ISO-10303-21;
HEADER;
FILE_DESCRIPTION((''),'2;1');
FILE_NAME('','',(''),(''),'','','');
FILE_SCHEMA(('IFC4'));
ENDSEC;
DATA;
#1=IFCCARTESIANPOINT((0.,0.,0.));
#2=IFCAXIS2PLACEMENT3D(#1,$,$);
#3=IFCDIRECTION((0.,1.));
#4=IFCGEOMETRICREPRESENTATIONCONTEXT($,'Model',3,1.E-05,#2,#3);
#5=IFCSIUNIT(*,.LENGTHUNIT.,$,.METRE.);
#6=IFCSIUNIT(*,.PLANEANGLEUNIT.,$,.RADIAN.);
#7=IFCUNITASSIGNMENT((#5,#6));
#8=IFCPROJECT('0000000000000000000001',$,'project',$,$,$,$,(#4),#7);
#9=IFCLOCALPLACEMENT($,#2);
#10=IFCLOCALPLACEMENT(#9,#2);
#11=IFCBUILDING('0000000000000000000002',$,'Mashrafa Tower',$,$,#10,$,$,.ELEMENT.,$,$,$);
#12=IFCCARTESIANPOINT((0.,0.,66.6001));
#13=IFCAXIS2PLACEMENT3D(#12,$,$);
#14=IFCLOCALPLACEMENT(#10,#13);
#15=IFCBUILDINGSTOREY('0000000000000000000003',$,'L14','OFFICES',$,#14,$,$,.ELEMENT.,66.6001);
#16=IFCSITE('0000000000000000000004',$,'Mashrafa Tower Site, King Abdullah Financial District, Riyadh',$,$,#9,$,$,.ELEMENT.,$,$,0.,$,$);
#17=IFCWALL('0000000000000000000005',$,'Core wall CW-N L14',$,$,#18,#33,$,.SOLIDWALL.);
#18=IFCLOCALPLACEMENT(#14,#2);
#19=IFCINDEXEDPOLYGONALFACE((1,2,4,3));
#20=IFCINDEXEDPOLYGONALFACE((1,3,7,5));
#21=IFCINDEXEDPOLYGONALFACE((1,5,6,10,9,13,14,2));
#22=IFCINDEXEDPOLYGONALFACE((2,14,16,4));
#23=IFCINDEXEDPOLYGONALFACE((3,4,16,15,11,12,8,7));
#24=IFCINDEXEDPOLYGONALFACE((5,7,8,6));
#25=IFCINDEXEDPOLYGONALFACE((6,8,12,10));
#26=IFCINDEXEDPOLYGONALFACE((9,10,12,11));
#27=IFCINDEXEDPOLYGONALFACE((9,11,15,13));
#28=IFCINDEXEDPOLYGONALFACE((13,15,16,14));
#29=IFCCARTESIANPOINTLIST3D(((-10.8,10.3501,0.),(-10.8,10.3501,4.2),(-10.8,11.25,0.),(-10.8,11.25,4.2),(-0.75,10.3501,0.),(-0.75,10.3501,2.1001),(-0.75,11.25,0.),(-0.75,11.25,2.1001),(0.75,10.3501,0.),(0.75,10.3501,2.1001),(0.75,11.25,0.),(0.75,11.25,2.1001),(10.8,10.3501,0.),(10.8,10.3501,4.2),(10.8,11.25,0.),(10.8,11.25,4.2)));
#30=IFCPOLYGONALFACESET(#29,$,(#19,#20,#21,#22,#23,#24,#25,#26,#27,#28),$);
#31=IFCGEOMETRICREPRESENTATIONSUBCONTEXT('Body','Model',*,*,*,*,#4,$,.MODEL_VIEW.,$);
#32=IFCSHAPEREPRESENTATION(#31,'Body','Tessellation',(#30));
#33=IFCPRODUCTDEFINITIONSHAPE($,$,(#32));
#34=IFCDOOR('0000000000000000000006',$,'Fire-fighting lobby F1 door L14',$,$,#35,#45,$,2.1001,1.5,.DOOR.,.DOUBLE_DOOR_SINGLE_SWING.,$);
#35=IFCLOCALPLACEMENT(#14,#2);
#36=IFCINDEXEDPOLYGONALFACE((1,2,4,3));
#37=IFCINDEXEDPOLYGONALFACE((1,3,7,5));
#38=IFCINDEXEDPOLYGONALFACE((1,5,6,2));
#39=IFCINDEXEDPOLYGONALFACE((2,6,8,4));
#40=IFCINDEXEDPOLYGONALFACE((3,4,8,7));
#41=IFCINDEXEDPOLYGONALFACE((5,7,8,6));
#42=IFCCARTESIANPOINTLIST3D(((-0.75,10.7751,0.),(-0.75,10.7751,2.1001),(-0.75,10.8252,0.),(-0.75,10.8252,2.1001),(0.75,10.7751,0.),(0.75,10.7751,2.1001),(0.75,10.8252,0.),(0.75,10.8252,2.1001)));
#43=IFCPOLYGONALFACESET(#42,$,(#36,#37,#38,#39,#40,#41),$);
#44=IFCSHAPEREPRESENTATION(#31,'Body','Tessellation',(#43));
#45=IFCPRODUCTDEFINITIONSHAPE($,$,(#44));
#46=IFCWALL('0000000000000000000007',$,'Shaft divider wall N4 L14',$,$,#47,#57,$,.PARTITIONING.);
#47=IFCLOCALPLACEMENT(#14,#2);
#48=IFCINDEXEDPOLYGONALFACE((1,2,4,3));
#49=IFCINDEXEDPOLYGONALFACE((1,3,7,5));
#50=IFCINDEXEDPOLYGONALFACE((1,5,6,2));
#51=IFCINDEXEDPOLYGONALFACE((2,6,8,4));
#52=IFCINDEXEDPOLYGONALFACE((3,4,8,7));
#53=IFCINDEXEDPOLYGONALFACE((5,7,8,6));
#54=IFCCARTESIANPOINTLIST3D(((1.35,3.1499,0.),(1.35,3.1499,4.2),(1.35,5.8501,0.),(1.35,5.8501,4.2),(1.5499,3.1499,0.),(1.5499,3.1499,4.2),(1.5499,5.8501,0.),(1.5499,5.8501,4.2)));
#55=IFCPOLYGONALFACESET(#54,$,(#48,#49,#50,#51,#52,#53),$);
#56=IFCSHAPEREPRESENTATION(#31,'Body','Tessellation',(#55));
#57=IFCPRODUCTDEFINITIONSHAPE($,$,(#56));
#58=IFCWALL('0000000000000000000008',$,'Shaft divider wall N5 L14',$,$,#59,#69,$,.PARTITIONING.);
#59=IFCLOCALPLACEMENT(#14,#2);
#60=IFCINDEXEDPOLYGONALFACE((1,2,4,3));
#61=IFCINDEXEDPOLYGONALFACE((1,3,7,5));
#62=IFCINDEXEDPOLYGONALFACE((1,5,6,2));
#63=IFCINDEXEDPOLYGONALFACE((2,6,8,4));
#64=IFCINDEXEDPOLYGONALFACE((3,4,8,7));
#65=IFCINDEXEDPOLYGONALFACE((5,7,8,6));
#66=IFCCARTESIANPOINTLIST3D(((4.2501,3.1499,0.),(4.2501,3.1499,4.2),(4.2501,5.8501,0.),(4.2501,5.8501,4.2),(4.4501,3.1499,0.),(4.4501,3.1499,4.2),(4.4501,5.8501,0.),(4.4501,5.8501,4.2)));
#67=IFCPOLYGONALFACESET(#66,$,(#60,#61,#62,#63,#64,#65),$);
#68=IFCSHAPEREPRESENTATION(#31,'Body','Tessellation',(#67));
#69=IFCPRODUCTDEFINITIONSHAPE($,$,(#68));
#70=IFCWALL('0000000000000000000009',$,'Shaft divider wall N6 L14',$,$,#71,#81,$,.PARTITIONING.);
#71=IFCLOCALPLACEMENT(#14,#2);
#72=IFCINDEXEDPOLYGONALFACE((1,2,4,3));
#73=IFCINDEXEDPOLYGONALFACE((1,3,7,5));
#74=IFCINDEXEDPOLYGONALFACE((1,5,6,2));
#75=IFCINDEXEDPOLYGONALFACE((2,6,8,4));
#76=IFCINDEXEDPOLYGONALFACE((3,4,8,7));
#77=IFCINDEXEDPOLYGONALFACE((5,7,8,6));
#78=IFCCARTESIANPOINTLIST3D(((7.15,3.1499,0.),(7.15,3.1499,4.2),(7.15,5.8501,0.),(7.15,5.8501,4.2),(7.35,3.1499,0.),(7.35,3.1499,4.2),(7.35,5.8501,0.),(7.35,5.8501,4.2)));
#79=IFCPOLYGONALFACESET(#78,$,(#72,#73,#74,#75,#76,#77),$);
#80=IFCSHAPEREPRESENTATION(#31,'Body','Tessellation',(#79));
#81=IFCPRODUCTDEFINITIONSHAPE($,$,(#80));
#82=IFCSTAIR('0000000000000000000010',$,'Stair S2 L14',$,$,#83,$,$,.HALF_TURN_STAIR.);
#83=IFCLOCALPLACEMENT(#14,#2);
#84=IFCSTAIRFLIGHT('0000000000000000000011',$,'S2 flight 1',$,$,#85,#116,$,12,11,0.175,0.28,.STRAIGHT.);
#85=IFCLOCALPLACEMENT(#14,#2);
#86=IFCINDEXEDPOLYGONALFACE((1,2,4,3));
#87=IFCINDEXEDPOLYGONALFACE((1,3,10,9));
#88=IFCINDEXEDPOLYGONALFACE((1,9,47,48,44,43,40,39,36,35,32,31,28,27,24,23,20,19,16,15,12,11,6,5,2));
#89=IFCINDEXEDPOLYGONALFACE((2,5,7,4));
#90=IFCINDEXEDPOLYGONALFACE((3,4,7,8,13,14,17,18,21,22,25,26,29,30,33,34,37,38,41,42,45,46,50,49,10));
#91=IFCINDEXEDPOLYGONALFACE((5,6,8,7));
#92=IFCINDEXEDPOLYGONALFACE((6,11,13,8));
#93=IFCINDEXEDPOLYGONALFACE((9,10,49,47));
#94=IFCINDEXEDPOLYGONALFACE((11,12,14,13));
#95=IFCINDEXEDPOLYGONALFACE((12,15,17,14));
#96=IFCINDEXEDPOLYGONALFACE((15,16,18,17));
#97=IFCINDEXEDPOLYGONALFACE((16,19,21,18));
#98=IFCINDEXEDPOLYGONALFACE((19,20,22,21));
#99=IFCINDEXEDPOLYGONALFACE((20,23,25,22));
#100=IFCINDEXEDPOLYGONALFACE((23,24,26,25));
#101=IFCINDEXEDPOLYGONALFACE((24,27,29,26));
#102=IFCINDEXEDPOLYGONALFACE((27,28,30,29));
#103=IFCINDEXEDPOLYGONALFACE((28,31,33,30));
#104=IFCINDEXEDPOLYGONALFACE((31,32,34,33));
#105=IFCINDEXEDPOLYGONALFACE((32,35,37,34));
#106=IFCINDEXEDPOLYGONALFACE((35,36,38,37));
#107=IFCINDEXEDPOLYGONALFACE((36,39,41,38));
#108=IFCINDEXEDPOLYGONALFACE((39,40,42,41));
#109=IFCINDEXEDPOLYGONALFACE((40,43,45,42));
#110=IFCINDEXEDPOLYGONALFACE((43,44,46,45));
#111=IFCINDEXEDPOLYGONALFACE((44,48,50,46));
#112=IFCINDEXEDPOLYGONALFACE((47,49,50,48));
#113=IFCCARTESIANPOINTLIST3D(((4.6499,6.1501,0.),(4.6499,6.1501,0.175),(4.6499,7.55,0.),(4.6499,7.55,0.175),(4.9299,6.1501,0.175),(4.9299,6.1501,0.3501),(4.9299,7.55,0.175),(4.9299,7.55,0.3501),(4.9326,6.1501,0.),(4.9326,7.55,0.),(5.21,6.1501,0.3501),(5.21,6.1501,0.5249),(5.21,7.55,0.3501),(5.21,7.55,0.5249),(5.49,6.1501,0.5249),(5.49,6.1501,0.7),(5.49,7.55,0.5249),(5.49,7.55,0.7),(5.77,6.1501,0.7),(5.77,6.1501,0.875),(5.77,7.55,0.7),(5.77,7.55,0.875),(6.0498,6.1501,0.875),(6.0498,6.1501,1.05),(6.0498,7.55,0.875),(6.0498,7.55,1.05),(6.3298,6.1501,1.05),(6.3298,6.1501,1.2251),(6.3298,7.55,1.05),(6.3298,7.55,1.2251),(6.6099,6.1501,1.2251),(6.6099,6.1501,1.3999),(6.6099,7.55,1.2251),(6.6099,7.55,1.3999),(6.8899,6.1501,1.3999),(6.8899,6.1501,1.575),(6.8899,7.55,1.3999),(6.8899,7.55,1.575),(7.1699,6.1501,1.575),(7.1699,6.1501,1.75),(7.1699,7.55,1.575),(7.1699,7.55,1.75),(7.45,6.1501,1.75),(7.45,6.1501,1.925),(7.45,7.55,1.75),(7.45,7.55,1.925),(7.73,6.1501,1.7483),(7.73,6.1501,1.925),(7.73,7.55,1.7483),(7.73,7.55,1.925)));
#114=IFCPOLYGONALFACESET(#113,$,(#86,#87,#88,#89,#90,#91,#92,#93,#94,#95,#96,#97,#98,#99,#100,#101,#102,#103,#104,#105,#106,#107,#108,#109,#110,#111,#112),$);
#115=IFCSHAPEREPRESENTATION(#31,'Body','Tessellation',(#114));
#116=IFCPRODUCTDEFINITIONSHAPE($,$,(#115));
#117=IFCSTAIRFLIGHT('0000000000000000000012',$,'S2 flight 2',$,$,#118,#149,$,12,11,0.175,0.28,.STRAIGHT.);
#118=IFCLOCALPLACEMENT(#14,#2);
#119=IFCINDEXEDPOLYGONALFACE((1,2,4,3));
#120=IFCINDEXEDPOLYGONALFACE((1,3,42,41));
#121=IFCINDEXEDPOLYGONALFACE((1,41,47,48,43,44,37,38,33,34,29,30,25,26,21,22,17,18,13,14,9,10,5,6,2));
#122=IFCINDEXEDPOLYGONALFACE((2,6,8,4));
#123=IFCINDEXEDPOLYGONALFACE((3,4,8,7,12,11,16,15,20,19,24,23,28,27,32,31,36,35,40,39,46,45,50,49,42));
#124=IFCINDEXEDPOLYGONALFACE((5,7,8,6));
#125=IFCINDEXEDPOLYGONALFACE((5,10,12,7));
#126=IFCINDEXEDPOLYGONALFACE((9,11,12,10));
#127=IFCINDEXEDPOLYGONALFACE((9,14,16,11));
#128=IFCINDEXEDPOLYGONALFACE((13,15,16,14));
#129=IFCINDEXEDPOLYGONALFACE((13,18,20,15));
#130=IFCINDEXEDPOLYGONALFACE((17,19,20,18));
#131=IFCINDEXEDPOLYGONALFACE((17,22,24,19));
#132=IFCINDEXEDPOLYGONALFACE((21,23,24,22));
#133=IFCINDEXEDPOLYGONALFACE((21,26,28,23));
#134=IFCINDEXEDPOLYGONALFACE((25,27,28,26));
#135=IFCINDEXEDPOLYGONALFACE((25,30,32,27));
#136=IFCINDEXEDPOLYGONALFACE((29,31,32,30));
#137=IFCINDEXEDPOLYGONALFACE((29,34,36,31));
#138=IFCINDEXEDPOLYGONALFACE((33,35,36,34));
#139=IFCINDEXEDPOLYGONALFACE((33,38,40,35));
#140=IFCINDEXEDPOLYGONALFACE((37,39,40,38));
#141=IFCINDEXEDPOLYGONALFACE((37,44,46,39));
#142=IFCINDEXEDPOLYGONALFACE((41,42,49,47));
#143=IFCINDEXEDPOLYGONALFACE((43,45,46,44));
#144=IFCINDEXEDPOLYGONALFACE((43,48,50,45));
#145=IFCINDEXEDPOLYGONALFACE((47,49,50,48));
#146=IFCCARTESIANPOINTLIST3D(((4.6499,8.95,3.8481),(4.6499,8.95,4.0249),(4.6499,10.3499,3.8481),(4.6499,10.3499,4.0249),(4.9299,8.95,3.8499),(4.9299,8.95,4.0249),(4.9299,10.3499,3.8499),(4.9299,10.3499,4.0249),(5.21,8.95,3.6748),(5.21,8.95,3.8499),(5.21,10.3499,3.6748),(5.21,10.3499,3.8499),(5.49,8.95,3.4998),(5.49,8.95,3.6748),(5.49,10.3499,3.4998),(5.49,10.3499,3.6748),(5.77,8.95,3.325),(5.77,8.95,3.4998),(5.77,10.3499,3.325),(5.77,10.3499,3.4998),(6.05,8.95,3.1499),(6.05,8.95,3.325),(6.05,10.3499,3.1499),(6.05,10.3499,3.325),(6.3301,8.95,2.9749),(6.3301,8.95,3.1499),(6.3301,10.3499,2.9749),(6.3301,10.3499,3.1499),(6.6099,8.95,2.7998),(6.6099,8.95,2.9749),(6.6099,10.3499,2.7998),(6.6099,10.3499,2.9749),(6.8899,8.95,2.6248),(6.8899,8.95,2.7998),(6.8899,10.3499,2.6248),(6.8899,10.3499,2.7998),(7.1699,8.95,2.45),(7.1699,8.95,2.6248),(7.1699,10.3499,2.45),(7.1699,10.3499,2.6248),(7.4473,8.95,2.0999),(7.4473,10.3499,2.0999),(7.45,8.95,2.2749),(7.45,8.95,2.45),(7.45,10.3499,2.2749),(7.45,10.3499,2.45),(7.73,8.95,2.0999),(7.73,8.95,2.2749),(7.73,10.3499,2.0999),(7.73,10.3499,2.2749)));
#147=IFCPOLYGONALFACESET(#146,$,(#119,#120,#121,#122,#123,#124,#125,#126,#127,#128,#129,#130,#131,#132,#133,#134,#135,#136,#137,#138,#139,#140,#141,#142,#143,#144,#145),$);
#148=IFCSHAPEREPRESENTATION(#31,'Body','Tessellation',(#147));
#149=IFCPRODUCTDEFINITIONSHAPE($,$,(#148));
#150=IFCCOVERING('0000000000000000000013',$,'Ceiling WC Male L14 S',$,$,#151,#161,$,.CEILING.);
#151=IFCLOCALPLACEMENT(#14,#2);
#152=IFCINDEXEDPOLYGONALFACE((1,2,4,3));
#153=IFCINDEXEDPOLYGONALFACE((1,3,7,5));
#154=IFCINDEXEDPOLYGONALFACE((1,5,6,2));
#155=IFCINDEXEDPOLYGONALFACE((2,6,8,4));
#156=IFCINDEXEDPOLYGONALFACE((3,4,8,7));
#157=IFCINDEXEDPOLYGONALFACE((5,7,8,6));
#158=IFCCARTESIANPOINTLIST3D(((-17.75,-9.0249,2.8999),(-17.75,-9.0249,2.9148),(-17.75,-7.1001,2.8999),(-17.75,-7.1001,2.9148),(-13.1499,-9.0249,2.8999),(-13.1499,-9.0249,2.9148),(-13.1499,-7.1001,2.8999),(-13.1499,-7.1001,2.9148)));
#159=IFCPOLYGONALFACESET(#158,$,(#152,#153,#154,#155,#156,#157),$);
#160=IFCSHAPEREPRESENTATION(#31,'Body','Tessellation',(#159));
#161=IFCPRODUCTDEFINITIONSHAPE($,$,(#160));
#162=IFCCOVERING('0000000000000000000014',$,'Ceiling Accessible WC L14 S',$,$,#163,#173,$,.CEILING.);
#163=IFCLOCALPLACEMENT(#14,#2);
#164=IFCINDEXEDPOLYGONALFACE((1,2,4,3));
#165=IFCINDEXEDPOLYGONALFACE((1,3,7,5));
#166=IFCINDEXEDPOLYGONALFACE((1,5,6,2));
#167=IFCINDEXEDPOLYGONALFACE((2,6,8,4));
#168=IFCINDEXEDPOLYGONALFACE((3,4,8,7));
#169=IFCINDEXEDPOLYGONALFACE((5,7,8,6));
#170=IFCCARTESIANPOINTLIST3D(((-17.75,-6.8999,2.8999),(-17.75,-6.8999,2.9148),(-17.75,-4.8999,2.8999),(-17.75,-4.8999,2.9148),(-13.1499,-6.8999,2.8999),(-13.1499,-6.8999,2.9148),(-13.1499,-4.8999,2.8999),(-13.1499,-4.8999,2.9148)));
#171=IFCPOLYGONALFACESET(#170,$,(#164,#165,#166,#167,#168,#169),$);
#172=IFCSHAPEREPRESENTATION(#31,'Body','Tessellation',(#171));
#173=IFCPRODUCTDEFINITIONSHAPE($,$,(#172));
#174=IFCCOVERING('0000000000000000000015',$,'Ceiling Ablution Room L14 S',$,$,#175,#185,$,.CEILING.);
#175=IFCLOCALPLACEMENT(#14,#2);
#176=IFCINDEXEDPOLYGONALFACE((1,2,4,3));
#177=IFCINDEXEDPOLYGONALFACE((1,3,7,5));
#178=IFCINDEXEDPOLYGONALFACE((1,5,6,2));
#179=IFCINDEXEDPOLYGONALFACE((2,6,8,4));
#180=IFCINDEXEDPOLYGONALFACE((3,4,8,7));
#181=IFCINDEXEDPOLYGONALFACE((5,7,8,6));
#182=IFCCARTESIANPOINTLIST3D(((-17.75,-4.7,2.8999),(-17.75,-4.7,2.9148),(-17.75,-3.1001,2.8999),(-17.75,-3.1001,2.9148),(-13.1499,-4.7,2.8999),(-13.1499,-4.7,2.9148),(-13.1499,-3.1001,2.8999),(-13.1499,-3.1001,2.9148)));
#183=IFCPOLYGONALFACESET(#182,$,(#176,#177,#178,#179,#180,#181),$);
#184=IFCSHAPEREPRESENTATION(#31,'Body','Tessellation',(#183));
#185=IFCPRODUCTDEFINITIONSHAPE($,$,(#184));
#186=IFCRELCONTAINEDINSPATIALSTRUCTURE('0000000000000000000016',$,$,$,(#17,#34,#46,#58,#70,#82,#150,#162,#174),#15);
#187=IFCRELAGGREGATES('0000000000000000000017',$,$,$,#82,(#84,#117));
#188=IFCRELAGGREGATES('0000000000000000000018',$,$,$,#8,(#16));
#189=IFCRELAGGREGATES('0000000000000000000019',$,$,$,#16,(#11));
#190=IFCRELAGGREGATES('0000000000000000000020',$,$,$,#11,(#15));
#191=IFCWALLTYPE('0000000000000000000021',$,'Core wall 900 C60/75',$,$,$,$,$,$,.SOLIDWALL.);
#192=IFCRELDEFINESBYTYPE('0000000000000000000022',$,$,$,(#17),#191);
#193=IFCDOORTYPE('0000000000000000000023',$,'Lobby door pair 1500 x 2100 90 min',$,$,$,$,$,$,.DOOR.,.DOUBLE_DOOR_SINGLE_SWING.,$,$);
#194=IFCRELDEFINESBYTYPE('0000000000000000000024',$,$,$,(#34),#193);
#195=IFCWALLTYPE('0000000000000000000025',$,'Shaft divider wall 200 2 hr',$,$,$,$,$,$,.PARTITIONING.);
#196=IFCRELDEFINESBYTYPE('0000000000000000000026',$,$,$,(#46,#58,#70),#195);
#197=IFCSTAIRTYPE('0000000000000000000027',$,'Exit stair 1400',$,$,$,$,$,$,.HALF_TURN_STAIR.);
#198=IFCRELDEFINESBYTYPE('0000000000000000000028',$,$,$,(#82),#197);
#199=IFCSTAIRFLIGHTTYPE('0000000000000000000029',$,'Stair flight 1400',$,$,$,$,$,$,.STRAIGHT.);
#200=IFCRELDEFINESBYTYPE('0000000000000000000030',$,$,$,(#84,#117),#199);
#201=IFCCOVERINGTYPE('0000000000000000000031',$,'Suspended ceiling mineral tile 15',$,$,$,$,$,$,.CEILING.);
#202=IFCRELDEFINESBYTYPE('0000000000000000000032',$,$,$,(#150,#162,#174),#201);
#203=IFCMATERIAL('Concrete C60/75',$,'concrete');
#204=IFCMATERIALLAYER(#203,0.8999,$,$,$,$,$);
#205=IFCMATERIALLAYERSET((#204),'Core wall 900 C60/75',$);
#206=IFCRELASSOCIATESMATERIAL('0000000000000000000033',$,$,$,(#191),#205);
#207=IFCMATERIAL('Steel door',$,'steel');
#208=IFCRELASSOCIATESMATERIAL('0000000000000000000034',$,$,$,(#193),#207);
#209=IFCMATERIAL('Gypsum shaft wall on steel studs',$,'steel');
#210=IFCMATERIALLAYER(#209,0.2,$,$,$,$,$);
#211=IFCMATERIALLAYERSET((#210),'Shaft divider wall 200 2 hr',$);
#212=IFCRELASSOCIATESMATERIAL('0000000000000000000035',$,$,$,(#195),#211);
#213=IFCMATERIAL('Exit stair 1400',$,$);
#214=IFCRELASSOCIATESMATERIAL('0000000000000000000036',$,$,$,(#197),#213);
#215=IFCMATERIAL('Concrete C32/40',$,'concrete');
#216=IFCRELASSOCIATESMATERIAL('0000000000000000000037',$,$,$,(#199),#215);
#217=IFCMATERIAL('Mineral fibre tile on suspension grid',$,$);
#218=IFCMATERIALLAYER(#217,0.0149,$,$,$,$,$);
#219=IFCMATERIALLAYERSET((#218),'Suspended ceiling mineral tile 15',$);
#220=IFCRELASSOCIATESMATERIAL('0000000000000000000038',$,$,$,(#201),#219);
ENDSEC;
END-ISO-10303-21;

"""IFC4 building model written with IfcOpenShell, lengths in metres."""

from ifc_helpers import new_model, si_unit, direction, frame, frame_2d, origin, place, context, subcontext, project, spatial, polyline, rectangle, outline, extrude, material, layer, layer_set, type_object, element, fill, aggregate, save


model = new_model("IFC4")

# Units and contexts
model_context = context("Model", 3, precision=1e-05, world=origin(), true_north=direction((0.0, 1.0)))
body_context = subcontext(model_context, "Body", "Model", "MODEL_VIEW")
ifc_project = project(units=[si_unit("LENGTHUNIT", "METRE"), si_unit("PLANEANGLEUNIT", "RADIAN")], contexts=[model_context])

# Site, building, storey
site_placement = place(None, origin())
site = spatial("IfcSite", under=ifc_project, at=site_placement, Name="Mashrafa Tower Site, King Abdullah Financial District, Riyadh", CompositionType="ELEMENT", RefElevation=0.0)
building_placement = place(site_placement, origin())
building = spatial("IfcBuilding", under=site, at=building_placement, Name="Mashrafa Tower", CompositionType="ELEMENT")
storey_placement = place(building_placement, frame((0.0, 0.0, 66.6001)))
storey = spatial("IfcBuildingStorey", under=building, at=storey_placement, Name="L14", Description="OFFICES", CompositionType="ELEMENT", Elevation=66.6001)

# Wall, opening, door
ifc_material_1 = material(Name="Concrete C60/75", Category="concrete")
ifc_layer_1 = layer(ifc_material_1, 0.8999)
ifc_layer_set_1 = layer_set([ifc_layer_1], Name="Core wall 900 C60/75")
wall_type_1 = type_object("IfcWallType", Name="Core wall 900 C60/75", PredefinedType="SOLIDWALL", material=ifc_layer_set_1)
wall_1_placement = place(storey_placement, frame((10.8, 10.8, 0.0), z_axis=(0.0, 0.0, 1.0), x_axis=(-1.0, 0.0, 0.0)))
wall_1 = element("IfcWall", 1, at=wall_1_placement, inside=storey, type_object=wall_type_1, Name="Core wall CW-N L14", PredefinedType="SOLIDWALL", context=body_context, shape_type="SweptSolid", body=[
    extrude(rectangle(XDim=21.6001, YDim=0.8999, at=frame_2d((10.8, 0.0))), origin(), (0.0, 0.0, 1.0), 4.2),
])
opening_1_placement = place(wall_1_placement, frame((10.05, 0.0, 0.0)))
opening_1 = element("IfcOpeningElement", 2, at=opening_1_placement, cuts=wall_1, PredefinedType="OPENING", context=body_context, shape_type="SweptSolid", body=[
    extrude(rectangle(XDim=1.5, YDim=2.1001, at=frame_2d((0.75, 1.05))), frame((0.0, 0.46, 0.0), z_axis=(0.0, -1.0, 0.0), x_axis=(1.0, 0.0, 0.0)), (0.0, 0.0, 1.0), 0.9199),
])
ifc_material_2 = material(Name="Steel door", Category="steel")
door_type_1 = type_object("IfcDoorType", Name="Lobby door pair 1500 x 2100 90 min", OperationType="DOUBLE_DOOR_SINGLE_SWING", PredefinedType="DOOR", material=ifc_material_2)
door_1_placement = place(opening_1_placement, origin())
door_1 = element("IfcDoor", 3, at=door_1_placement, inside=storey, type_object=door_type_1, Name="Fire-fighting lobby F1 door L14", OperationType="DOUBLE_DOOR_SINGLE_SWING", OverallHeight=2.1001, OverallWidth=1.5, PredefinedType="DOOR", context=body_context, shape_type="SweptSolid", body=[
    extrude(rectangle(XDim=1.5, YDim=2.1001, at=frame_2d((0.75, 1.05))), frame((0.0, 0.0249, 0.0), z_axis=(0.0, -1.0, 0.0), x_axis=(1.0, 0.0, 0.0)), (0.0, 0.0, 1.0), 0.05),
])
fill(opening_1, door_1)

# Walls
ifc_material_3 = material(Name="Gypsum shaft wall on steel studs", Category="steel")
ifc_layer_2 = layer(ifc_material_3, 0.2)
ifc_layer_set_2 = layer_set([ifc_layer_2], Name="Shaft divider wall 200 2 hr")
wall_type_2 = type_object("IfcWallType", Name="Shaft divider wall 200 2 hr", PredefinedType="PARTITIONING", material=ifc_layer_set_2)
for number, where, z_axis, x_axis, name in (
    (4, (1.45, 3.1499, 0.0), (0.0, 0.0, 1.0), (0.0, 1.0, 0.0), "Shaft divider wall N4 L14"),
    (5, (4.3501, 3.1499, 0.0), (0.0, 0.0, 1.0), (0.0, 1.0, 0.0), "Shaft divider wall N5 L14"),
    (6, (7.25, 3.1499, 0.0), (0.0, 0.0, 1.0), (0.0, 1.0, 0.0), "Shaft divider wall N6 L14"),
):
    element("IfcWall", number, at=place(storey_placement, frame(where, z_axis=z_axis, x_axis=x_axis)), inside=storey, type_object=wall_type_2, Name=name, PredefinedType="PARTITIONING", context=body_context, shape_type="SweptSolid", body=[
        extrude(rectangle(XDim=2.7002, YDim=0.2, at=frame_2d((1.3501, 0.0))), origin(), (0.0, 0.0, 1.0), 4.2),
    ])

# Stair, stair flights
ifc_material_4 = material(Name="Exit stair 1400")
stair_type = type_object("IfcStairType", Name="Exit stair 1400", PredefinedType="HALF_TURN_STAIR", material=ifc_material_4)
stair_placement = place(storey_placement, origin())
stair = element("IfcStair", 7, at=stair_placement, inside=storey, type_object=stair_type, Name="Stair S2 L14", PredefinedType="HALF_TURN_STAIR")
ifc_material_5 = material(Name="Concrete C32/40", Category="concrete")
stair_flight_type = type_object("IfcStairFlightType", Name="Stair flight 1400", PredefinedType="STRAIGHT", material=ifc_material_5)
stair_flight_1_placement = place(storey_placement, frame((4.6499, 6.8501, 0.0), z_axis=(0.0, 0.0, 1.0), x_axis=(1.0, 0.0, 0.0)))
stair_flight_1 = element("IfcStairFlight", 8, at=stair_flight_1_placement, type_object=stair_flight_type, Name="S2 flight 1", NumberOfRisers=12, NumberOfTreads=11, PredefinedType="STRAIGHT", RiserHeight=0.175, TreadLength=0.28, context=body_context, shape_type="SweptSolid", body=[
    extrude(outline(polyline([(0.0, 0.0), (0.0, 0.175), (0.28, 0.175), (0.28, 0.3501), (0.5601, 0.3501), (0.5601, 0.5249), (0.8401, 0.5249), (0.8401, 0.7), (1.1201, 0.7), (1.1201, 0.875), (1.3999, 0.875), (1.3999, 1.05), (1.6799, 1.05), (1.6799, 1.2251), (1.96, 1.2251), (1.96, 1.3999), (2.24, 1.3999), (2.24, 1.575), (2.52, 1.575), (2.52, 1.75), (2.8, 1.75), (2.8, 1.925), (3.0801, 1.925), (3.0801, 2.1001), (3.0801, 1.7483), (0.2827, 0.0), (0.0, 0.0)])), frame((0.0, 0.7, 0.0), z_axis=(0.0, -1.0, 0.0), x_axis=(1.0, 0.0, 0.0)), (0.0, 0.0, 1.0), 1.3999),
])
stair_flight_2_placement = place(storey_placement, frame((7.73, 9.6499, 2.0999), z_axis=(0.0, 0.0, 1.0), x_axis=(-1.0, 0.0, 0.0)))
stair_flight_2 = element("IfcStairFlight", 9, at=stair_flight_2_placement, type_object=stair_flight_type, Name="S2 flight 2", NumberOfRisers=12, NumberOfTreads=11, PredefinedType="STRAIGHT", RiserHeight=0.175, TreadLength=0.28, context=body_context, shape_type="SweptSolid", body=[
    extrude(outline(polyline([(0.0, 0.0), (0.0, 0.175), (0.28, 0.175), (0.28, 0.3501), (0.5601, 0.3501), (0.5601, 0.5249), (0.8401, 0.5249), (0.8401, 0.7), (1.1201, 0.7), (1.1201, 0.875), (1.3999, 0.875), (1.3999, 1.05), (1.6799, 1.05), (1.6799, 1.2251), (1.96, 1.2251), (1.96, 1.3999), (2.24, 1.3999), (2.24, 1.575), (2.52, 1.575), (2.52, 1.75), (2.8, 1.75), (2.8, 1.925), (3.0801, 1.925), (3.0801, 2.1001), (3.0801, 1.7483), (0.2827, 0.0), (0.0, 0.0)])), frame((0.0, 0.7, 0.0), z_axis=(0.0, -1.0, 0.0), x_axis=(1.0, 0.0, 0.0)), (0.0, 0.0, 1.0), 1.3999),
])
aggregate(stair, [stair_flight_1, stair_flight_2])

# Coverings
ifc_material_6 = material(Name="Mineral fibre tile on suspension grid")
ifc_layer_3 = layer(ifc_material_6, 0.0149)
ifc_layer_set_3 = layer_set([ifc_layer_3], Name="Suspended ceiling mineral tile 15")
covering_type = type_object("IfcCoveringType", Name="Suspended ceiling mineral tile 15", PredefinedType="CEILING", material=ifc_layer_set_3)
covering_1_placement = place(storey_placement, frame((0.0, 0.0, 2.8999)))
element("IfcCovering", 10, at=covering_1_placement, inside=storey, type_object=covering_type, Name="Ceiling WC Male L14 S", PredefinedType="CEILING", context=body_context, shape_type="SweptSolid", body=[
    extrude(outline(polyline([(-17.75, -9.0249), (-17.75, -7.1001), (-13.1499, -7.1001), (-13.1499, -9.0249), (-17.75, -9.0249)])), origin(), (0.0, 0.0, 1.0), 0.0149),
])
covering_2_placement = place(storey_placement, frame((0.0, 0.0, 2.8999)))
element("IfcCovering", 11, at=covering_2_placement, inside=storey, type_object=covering_type, Name="Ceiling Accessible WC L14 S", PredefinedType="CEILING", context=body_context, shape_type="SweptSolid", body=[
    extrude(outline(polyline([(-17.75, -6.8999), (-17.75, -4.8999), (-13.1499, -4.8999), (-13.1499, -6.8999), (-17.75, -6.8999)])), origin(), (0.0, 0.0, 1.0), 0.0149),
])
covering_3_placement = place(storey_placement, frame((0.0, 0.0, 2.8999)))
element("IfcCovering", 12, at=covering_3_placement, inside=storey, type_object=covering_type, Name="Ceiling Ablution Room L14 S", PredefinedType="CEILING", context=body_context, shape_type="SweptSolid", body=[
    extrude(outline(polyline([(-17.75, -4.7), (-17.75, -3.1001), (-13.1499, -3.1001), (-13.1499, -4.7), (-17.75, -4.7)])), origin(), (0.0, 0.0, 1.0), 0.0149),
])

save(model, "model.ifc")
